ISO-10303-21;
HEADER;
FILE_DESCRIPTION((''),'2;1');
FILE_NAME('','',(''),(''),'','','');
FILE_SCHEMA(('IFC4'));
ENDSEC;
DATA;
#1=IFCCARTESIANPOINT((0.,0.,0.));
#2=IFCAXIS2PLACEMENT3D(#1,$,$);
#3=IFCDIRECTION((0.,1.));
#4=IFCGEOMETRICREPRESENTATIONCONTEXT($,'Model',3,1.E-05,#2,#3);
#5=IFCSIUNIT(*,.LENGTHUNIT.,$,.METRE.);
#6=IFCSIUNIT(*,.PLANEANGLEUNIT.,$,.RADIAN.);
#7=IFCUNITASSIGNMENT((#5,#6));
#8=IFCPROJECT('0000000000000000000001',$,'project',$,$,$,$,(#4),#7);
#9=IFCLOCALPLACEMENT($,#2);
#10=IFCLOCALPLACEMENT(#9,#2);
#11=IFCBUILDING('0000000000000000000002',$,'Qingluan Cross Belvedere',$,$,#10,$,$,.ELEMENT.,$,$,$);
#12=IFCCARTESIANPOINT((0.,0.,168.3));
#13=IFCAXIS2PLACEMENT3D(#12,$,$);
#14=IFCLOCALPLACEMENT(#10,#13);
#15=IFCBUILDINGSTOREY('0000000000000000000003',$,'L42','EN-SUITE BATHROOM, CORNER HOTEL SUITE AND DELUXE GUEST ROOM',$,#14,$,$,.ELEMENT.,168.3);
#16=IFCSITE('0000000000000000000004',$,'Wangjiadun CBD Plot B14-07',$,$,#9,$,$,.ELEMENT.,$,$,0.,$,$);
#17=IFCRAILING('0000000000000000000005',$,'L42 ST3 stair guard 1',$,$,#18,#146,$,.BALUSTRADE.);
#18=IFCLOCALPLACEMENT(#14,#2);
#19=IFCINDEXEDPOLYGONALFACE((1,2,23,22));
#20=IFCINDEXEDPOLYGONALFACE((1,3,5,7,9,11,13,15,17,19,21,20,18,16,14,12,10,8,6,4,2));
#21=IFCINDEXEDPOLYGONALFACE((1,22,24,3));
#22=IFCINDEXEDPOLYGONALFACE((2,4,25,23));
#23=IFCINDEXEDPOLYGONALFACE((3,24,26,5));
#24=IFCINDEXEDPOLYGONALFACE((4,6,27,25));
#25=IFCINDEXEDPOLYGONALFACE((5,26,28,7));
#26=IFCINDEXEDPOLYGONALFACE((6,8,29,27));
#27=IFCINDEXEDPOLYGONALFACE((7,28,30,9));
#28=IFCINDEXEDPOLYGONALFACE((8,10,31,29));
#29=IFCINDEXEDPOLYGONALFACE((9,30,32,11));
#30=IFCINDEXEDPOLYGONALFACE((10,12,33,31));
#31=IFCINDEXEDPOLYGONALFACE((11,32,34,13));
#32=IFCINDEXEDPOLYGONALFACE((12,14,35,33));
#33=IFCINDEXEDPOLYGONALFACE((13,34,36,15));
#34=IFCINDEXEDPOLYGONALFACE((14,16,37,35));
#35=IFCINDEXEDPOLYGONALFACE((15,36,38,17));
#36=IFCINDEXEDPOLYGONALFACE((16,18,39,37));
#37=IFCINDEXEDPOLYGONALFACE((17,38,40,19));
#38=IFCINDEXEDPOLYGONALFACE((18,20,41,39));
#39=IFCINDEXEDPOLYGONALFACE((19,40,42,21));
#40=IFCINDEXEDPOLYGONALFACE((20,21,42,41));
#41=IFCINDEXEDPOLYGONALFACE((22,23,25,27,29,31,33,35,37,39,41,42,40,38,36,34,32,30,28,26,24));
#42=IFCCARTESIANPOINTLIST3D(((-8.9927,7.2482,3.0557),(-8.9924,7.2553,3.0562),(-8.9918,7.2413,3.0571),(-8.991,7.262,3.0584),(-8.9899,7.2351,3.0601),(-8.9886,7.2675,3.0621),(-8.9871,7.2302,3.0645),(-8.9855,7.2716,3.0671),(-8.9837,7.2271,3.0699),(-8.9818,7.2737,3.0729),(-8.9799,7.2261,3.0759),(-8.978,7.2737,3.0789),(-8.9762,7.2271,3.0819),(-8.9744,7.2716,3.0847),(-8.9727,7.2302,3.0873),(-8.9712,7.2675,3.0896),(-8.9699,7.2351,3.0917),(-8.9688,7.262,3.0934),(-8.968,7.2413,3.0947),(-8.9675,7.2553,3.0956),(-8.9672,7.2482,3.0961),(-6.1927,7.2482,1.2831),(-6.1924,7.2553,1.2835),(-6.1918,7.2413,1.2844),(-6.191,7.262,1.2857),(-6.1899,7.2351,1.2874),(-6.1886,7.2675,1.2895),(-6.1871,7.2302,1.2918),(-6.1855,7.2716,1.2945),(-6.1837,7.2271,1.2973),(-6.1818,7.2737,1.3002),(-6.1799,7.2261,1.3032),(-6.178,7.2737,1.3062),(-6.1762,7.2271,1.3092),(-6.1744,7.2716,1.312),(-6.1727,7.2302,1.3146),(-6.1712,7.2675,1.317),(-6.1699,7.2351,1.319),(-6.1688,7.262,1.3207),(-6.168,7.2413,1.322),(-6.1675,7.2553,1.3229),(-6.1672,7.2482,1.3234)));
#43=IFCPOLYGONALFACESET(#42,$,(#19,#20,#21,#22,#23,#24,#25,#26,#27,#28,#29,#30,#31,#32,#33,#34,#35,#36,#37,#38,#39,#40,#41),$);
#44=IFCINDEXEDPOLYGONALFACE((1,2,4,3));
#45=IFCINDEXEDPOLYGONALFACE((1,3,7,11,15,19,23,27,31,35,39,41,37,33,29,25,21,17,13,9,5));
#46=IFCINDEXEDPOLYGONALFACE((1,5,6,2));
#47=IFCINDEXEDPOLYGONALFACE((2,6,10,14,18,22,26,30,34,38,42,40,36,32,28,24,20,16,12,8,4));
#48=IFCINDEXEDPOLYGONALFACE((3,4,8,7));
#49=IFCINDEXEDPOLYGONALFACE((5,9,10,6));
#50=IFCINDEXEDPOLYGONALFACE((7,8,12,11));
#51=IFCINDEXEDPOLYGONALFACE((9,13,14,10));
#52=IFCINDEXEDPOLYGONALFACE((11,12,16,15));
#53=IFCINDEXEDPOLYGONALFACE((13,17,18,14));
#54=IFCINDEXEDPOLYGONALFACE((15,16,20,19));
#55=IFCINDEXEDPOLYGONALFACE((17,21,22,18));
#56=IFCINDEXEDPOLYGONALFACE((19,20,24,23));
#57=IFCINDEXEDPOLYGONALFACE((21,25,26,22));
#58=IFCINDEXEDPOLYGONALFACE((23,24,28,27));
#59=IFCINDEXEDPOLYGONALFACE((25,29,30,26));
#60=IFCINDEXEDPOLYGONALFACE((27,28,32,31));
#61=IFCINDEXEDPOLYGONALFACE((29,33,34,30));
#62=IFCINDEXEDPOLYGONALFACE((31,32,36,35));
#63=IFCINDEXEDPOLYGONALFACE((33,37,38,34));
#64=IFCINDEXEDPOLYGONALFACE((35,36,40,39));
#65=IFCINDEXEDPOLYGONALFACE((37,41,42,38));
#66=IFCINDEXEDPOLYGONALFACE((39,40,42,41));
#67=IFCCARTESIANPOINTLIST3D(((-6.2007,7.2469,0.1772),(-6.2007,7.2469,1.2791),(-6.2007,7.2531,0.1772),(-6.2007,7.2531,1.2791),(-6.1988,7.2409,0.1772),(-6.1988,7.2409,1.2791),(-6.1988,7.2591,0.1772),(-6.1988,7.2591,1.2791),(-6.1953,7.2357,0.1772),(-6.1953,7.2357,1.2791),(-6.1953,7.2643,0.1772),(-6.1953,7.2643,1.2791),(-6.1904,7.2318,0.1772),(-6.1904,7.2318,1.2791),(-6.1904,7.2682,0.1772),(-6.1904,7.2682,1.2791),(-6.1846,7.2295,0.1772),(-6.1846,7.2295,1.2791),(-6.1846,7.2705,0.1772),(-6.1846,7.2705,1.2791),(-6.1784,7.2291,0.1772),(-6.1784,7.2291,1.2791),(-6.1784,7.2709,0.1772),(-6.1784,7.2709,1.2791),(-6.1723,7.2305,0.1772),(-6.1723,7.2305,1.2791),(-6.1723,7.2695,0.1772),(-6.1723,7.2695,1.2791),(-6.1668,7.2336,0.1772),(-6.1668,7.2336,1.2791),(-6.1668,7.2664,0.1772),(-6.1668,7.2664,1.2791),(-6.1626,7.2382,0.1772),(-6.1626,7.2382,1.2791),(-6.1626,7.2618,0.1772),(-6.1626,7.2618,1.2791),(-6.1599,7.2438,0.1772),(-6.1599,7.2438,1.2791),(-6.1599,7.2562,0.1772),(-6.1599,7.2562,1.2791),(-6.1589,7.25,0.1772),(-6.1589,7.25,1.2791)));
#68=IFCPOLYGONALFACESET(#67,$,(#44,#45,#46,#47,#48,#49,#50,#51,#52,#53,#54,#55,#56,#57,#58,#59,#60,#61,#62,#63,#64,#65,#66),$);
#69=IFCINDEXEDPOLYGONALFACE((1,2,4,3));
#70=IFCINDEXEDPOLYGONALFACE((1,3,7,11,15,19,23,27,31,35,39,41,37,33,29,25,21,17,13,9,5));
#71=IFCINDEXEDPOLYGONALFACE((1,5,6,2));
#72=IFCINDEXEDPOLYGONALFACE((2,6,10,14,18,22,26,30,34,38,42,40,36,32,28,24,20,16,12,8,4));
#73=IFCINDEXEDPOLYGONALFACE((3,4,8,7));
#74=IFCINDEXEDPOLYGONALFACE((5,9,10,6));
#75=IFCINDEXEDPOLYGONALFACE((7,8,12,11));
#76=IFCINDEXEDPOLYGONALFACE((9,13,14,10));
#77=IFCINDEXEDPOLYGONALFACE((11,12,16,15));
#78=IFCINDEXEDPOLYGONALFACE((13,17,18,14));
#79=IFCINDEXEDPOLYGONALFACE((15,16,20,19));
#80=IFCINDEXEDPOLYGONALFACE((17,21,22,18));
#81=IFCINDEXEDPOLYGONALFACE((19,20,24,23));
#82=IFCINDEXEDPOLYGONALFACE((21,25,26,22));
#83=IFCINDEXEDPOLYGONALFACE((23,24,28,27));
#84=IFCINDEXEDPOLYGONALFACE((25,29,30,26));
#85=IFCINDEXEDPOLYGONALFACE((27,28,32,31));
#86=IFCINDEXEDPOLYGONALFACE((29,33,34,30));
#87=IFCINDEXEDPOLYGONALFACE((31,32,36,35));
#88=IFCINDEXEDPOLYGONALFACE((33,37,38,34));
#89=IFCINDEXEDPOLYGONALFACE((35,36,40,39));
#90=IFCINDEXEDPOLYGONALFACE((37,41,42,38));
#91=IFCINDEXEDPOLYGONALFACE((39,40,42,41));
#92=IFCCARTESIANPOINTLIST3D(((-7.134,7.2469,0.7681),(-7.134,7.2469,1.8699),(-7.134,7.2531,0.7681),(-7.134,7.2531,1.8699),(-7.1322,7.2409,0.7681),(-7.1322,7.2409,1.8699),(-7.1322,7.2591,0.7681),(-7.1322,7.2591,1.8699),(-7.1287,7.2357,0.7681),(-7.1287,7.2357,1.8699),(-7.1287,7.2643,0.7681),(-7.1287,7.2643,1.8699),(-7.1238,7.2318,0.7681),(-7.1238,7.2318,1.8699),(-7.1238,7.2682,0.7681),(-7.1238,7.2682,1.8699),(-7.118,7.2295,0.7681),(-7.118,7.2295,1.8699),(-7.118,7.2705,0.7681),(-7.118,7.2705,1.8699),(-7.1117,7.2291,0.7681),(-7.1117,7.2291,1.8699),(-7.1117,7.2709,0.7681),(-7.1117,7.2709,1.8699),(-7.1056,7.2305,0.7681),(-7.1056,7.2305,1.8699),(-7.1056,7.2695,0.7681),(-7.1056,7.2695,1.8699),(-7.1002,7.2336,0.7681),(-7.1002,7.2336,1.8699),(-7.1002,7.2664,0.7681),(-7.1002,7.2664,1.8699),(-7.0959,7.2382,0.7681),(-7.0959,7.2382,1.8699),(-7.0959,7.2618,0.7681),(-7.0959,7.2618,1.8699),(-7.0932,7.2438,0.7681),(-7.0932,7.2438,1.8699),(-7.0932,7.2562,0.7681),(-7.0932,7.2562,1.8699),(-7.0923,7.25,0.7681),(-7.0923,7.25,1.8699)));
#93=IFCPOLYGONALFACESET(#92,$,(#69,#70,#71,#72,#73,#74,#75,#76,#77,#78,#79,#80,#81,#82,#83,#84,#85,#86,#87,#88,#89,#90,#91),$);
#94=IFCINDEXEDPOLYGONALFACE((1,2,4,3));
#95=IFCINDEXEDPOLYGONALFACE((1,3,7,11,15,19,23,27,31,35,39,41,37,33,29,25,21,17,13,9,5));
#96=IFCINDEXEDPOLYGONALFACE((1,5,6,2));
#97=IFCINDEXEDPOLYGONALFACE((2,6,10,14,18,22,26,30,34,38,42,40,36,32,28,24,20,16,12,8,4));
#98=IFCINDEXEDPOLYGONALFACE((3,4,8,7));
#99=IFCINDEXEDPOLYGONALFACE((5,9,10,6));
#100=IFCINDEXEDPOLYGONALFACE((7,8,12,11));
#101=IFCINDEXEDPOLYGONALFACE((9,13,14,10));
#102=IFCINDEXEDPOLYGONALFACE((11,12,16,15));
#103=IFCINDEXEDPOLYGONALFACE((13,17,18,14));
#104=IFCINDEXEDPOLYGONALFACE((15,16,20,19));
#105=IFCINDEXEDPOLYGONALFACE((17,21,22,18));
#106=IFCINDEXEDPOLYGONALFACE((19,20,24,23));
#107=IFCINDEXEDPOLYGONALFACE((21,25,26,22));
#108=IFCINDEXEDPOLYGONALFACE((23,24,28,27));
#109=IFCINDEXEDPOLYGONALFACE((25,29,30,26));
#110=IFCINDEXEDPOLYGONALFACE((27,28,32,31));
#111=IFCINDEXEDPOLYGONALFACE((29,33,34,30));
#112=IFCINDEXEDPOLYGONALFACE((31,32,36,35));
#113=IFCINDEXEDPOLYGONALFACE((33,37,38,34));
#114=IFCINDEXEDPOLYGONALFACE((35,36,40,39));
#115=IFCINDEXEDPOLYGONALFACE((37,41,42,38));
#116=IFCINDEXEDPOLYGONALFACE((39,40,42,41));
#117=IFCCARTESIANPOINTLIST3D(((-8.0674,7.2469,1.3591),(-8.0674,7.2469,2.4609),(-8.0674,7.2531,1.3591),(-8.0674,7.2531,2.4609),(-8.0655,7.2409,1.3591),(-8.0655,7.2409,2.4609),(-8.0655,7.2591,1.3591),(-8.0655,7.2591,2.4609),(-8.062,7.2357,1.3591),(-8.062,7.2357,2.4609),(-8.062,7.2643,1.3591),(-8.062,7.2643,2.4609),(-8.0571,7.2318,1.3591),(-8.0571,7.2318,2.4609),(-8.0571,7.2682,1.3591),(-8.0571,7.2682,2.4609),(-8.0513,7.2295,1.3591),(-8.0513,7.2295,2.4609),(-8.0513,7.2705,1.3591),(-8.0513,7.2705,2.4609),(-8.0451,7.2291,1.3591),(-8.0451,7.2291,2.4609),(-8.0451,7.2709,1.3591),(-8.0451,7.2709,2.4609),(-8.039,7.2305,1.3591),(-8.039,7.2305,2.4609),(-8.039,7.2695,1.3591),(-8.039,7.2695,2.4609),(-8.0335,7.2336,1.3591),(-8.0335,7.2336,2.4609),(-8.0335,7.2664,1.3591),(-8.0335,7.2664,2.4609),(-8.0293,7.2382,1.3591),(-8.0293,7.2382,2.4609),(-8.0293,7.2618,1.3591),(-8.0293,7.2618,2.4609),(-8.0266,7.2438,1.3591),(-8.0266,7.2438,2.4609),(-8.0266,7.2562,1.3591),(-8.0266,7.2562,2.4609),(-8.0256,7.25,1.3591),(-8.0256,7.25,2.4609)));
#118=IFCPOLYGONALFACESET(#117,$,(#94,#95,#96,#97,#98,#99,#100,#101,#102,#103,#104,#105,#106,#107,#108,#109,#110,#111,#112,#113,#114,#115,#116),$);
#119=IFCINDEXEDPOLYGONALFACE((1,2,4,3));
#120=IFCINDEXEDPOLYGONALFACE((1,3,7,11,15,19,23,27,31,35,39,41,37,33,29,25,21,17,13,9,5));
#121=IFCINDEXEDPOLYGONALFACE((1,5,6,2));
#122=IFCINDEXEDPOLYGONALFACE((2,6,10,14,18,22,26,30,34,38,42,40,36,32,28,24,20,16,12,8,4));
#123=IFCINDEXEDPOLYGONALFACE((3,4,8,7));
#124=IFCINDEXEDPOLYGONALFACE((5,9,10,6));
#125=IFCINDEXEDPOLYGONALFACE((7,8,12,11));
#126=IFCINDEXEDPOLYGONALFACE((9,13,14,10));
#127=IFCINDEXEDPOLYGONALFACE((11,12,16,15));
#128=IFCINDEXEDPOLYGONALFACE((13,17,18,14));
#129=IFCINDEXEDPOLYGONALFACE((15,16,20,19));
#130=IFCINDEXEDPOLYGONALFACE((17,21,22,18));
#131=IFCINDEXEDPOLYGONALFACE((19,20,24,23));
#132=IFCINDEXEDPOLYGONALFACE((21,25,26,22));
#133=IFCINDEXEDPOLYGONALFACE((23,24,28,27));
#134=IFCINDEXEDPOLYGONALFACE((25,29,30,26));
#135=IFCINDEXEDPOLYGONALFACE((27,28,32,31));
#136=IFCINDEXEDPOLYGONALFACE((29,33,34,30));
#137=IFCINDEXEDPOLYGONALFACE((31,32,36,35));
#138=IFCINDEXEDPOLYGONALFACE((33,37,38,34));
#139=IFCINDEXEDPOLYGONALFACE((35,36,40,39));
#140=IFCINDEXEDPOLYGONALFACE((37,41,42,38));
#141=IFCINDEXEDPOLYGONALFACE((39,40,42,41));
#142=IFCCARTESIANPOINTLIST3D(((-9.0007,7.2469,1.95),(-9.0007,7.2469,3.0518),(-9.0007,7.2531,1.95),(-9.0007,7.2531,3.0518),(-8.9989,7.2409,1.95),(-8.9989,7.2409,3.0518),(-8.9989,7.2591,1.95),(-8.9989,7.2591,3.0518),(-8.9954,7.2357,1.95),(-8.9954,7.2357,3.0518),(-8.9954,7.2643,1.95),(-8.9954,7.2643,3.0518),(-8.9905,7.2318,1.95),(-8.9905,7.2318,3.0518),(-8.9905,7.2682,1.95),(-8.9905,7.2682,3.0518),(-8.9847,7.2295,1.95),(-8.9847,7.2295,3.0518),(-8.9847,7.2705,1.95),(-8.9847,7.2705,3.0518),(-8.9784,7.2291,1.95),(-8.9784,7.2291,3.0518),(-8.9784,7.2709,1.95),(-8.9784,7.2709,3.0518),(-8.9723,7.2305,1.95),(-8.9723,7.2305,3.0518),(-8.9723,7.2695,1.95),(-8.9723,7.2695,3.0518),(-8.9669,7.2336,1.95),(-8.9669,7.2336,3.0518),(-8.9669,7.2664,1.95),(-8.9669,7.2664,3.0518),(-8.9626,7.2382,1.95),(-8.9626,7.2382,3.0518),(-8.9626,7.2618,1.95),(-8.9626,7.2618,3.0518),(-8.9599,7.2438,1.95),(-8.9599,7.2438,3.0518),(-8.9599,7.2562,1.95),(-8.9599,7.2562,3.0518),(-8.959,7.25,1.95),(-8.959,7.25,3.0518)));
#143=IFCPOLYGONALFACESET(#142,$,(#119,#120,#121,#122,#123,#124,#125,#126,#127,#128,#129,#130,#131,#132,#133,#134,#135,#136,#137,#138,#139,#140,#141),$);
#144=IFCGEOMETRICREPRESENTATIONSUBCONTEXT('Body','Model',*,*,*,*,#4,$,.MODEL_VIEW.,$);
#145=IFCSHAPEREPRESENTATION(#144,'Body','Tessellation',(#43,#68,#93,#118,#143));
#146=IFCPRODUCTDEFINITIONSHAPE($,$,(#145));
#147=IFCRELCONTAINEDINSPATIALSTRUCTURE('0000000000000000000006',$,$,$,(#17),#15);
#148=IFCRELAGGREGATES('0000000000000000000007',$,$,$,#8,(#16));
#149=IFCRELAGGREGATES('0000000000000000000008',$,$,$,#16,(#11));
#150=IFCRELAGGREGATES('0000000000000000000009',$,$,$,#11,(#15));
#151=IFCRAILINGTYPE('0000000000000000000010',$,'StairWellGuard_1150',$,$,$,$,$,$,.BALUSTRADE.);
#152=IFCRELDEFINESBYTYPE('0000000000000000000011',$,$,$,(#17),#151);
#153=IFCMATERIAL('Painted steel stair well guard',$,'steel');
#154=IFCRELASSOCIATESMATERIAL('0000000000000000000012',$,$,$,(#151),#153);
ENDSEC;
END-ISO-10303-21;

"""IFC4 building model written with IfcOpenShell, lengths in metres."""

from ifc_helpers import new_model, si_unit, direction, frame, origin, origin_2d, place, context, subcontext, project, spatial, circle, extrude, material, type_object, element, save


model = new_model("IFC4")

# Units and contexts
model_context = context("Model", 3, precision=1e-05, world=origin(), true_north=direction((0.0, 1.0)))
body_context = subcontext(model_context, "Body", "Model", "MODEL_VIEW")
ifc_project = project(units=[si_unit("LENGTHUNIT", "METRE"), si_unit("PLANEANGLEUNIT", "RADIAN")], contexts=[model_context])

# Site, building, storey
site_placement = place(None, origin())
site = spatial("IfcSite", under=ifc_project, at=site_placement, Name="Wangjiadun CBD Plot B14-07", CompositionType="ELEMENT", RefElevation=0.0)
building_placement = place(site_placement, origin())
building = spatial("IfcBuilding", under=site, at=building_placement, Name="Qingluan Cross Belvedere", CompositionType="ELEMENT")
storey_placement = place(building_placement, frame((0.0, 0.0, 168.3)))
storey = spatial("IfcBuildingStorey", under=building, at=storey_placement, Name="L42", Description="EN-SUITE BATHROOM, CORNER HOTEL SUITE AND DELUXE GUEST ROOM", CompositionType="ELEMENT", Elevation=168.3)

# Railing
ifc_material_1 = material(Name="Painted steel stair well guard", Category="steel")
railing_type_1 = type_object("IfcRailingType", Name="StairWellGuard_1150", PredefinedType="BALUSTRADE", material=ifc_material_1)
railing_1_placement = place(storey_placement, frame((-6.1799, 7.25, 0.1772)))
element("IfcRailing", 1, at=railing_1_placement, inside=storey, type_object=railing_type_1, Name="L42 ST3 stair guard 1", PredefinedType="BALUSTRADE", context=body_context, shape_type="SweptSolid", body=[
    extrude(circle(Radius=0.0239, at=origin_2d()), frame((0.0, 0.0, 1.126), z_axis=(-0.844909, 0.0, 0.53491), x_axis=(0.0, -1.0, 0.0)), (0.0, 0.0, 1.0), 3.314),
    extrude(circle(Radius=0.021, at=origin_2d()), origin(), (0.0, 0.0, 1.0), 1.1018),
    extrude(circle(Radius=0.021, at=origin_2d()), frame((-0.9333, 0.0, 0.5908)), (0.0, 0.0, 1.0), 1.1018),
    extrude(circle(Radius=0.021, at=origin_2d()), frame((-1.8667, 0.0, 1.1819)), (0.0, 0.0, 1.0), 1.1018),
    extrude(circle(Radius=0.021, at=origin_2d()), frame((-2.8, 0.0, 1.7727)), (0.0, 0.0, 1.0), 1.1018),
])

save(model, "model.ifc")
